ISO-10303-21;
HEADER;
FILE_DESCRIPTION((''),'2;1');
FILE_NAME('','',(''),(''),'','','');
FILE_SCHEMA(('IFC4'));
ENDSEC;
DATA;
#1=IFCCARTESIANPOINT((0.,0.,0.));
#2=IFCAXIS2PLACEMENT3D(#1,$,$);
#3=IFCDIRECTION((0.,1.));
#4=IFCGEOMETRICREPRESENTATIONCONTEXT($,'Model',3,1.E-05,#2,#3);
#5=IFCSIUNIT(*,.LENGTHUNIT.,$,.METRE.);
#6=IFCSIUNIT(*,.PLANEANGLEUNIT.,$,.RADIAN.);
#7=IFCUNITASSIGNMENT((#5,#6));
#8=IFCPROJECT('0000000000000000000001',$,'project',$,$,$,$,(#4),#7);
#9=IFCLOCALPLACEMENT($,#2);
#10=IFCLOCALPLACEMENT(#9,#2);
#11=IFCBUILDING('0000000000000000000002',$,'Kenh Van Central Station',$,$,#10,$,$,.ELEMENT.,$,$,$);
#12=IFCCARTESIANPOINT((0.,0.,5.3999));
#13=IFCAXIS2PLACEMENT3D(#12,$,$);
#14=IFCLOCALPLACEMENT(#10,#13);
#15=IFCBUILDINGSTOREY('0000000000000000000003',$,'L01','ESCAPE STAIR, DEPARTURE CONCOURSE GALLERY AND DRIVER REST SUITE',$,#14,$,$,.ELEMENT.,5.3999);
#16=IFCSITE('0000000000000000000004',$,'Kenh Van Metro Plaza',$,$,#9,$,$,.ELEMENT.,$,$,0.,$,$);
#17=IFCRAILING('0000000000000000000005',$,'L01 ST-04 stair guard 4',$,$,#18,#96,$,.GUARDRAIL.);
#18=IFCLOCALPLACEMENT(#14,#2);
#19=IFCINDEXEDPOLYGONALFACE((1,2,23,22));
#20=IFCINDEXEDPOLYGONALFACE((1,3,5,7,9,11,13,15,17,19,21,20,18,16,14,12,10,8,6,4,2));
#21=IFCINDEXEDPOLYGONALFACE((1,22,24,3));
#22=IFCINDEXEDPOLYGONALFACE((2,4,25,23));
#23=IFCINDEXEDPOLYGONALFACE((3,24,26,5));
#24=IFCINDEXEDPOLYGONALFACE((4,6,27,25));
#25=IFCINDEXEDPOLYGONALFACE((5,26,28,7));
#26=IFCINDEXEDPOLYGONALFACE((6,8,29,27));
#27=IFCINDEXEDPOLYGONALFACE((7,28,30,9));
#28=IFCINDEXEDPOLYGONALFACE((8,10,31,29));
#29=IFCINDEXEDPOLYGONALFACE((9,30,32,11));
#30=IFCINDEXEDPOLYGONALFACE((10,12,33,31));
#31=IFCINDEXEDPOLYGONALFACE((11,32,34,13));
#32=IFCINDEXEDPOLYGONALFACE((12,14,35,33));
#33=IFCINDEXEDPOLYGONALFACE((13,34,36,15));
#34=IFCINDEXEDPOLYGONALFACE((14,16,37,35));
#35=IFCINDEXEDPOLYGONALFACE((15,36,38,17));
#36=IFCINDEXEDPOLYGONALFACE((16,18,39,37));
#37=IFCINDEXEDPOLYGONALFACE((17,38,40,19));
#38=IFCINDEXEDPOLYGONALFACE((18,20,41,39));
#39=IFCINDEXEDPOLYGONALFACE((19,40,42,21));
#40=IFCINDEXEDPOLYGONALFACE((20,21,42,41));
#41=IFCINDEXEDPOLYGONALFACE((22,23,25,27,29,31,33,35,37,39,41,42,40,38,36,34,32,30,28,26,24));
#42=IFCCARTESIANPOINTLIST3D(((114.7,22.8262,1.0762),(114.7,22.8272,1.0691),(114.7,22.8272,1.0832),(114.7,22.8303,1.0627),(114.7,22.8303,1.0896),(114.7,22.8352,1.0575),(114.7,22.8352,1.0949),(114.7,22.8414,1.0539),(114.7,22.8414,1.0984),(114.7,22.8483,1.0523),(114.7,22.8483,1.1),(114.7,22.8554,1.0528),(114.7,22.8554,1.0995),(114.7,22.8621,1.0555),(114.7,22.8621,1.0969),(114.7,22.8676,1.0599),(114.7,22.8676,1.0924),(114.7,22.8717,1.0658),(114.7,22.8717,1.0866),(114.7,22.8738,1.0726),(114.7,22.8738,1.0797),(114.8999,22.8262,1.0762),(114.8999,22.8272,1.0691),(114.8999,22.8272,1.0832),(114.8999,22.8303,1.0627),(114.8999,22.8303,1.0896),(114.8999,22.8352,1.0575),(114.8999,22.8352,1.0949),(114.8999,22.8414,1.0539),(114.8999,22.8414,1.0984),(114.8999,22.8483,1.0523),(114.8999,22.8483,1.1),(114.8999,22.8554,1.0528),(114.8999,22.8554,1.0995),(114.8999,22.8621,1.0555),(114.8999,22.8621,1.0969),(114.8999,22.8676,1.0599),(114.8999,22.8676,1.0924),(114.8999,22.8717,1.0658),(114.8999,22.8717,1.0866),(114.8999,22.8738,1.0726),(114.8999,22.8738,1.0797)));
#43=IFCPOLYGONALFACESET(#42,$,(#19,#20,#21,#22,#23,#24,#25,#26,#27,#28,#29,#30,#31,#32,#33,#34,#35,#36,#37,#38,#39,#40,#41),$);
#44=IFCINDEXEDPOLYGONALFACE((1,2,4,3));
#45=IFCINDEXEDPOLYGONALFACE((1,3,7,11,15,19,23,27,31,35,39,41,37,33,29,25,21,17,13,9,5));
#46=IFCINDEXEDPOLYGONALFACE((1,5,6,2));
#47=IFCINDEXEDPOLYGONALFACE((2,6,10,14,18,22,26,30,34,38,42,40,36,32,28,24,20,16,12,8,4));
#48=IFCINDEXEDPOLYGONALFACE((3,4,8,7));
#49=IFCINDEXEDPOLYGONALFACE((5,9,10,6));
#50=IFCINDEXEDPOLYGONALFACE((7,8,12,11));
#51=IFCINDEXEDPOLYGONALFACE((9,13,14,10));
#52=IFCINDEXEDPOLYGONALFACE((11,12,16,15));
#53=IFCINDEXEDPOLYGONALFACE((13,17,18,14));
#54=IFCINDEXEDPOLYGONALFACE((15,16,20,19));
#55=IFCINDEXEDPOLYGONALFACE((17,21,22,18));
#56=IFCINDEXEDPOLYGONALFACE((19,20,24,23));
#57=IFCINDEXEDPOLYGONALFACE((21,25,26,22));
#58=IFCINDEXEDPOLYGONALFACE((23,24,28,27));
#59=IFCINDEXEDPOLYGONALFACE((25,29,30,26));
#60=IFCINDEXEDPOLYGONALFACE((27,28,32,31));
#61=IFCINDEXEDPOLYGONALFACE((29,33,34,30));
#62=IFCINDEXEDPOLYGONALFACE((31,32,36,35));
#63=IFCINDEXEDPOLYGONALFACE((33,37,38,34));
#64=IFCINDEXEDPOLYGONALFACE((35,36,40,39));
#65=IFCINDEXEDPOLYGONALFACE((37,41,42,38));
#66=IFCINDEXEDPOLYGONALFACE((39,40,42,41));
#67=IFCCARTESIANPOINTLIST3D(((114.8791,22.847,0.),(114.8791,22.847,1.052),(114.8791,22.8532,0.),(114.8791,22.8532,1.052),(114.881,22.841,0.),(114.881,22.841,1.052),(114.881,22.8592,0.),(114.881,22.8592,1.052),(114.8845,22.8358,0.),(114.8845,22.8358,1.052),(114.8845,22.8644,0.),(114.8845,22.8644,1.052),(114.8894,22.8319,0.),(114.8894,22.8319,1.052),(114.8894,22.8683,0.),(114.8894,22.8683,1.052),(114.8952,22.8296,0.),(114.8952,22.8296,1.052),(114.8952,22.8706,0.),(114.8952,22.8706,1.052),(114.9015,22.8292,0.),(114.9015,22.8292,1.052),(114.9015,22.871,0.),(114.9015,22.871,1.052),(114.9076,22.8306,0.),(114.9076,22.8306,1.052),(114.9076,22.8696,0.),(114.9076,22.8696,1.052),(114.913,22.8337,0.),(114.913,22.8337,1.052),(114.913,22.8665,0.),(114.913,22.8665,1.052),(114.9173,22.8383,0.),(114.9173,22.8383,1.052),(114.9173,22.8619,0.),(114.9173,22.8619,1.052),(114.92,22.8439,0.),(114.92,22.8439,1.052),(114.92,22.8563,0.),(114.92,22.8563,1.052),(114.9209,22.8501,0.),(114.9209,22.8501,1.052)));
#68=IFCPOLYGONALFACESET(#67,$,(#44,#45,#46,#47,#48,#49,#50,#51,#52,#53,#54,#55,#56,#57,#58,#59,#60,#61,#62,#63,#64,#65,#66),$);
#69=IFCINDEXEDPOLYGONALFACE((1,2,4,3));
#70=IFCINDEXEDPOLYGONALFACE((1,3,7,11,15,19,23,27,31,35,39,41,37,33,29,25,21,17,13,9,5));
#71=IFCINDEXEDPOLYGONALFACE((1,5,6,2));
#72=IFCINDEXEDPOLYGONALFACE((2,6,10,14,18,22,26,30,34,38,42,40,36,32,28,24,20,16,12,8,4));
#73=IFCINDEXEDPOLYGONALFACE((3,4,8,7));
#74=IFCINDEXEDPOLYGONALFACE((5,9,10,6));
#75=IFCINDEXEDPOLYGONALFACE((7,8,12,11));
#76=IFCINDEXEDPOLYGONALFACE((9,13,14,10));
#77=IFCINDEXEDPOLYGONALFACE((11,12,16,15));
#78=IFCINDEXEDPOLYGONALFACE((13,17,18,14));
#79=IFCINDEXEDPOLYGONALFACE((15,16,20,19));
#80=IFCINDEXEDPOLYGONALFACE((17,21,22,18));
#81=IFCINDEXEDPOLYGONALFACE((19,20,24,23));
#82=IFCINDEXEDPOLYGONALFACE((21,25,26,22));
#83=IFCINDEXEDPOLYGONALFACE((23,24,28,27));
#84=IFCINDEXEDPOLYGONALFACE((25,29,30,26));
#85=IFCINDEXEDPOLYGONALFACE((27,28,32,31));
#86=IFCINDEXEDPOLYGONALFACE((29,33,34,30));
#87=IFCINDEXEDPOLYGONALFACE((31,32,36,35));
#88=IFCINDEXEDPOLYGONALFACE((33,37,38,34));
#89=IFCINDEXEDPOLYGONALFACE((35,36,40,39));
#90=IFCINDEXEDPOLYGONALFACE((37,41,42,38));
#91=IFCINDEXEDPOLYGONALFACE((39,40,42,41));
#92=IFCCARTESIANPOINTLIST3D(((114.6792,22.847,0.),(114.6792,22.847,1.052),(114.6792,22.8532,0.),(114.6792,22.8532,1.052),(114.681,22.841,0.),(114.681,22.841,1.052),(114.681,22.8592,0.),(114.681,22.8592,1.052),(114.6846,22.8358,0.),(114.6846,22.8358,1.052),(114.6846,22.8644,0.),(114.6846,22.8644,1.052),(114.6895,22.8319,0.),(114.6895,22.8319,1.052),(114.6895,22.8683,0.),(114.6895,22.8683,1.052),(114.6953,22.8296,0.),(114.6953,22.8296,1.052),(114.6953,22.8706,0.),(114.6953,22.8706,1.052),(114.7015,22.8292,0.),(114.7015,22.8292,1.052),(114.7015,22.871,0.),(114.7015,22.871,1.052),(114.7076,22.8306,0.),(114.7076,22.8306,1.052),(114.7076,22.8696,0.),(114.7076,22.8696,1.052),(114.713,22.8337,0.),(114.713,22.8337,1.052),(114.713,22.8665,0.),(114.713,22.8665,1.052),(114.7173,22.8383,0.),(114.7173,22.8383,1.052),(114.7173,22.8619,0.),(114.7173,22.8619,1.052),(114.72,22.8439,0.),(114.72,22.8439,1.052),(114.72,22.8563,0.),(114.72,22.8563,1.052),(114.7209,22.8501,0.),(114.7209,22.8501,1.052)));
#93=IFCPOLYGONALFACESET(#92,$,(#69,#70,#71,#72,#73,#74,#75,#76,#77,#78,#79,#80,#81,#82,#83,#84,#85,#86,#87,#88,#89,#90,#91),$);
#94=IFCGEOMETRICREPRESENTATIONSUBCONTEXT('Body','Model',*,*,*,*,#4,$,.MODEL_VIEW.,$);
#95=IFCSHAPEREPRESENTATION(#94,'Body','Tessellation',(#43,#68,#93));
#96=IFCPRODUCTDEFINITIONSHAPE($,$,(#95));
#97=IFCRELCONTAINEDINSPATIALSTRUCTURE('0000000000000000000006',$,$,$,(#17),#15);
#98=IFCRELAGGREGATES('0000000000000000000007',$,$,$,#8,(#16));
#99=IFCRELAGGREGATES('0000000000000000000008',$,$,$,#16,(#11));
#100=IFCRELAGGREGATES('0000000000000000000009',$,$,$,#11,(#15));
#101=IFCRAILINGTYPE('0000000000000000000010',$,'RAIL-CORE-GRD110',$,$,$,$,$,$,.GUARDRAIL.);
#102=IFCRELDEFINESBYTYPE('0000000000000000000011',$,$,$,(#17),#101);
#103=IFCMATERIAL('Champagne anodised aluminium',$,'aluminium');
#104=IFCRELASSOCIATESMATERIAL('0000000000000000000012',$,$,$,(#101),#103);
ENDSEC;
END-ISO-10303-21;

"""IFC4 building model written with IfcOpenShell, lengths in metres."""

from ifc_helpers import new_model, si_unit, direction, frame, origin, origin_2d, place, context, subcontext, project, spatial, circle, extrude, material, type_object, element, save


model = new_model("IFC4")

# Units and contexts
model_context = context("Model", 3, precision=1e-05, world=origin(), true_north=direction((0.0, 1.0)))
body_context = subcontext(model_context, "Body", "Model", "MODEL_VIEW")
ifc_project = project(units=[si_unit("LENGTHUNIT", "METRE"), si_unit("PLANEANGLEUNIT", "RADIAN")], contexts=[model_context])

# Site, building, storey
site_placement = place(None, origin())
site = spatial("IfcSite", under=ifc_project, at=site_placement, Name="Kenh Van Metro Plaza", CompositionType="ELEMENT", RefElevation=0.0)
building_placement = place(site_placement, origin())
building = spatial("IfcBuilding", under=site, at=building_placement, Name="Kenh Van Central Station", CompositionType="ELEMENT")
storey_placement = place(building_placement, frame((0.0, 0.0, 5.3999)))
storey = spatial("IfcBuildingStorey", under=building, at=storey_placement, Name="L01", Description="ESCAPE STAIR, DEPARTURE CONCOURSE GALLERY AND DRIVER REST SUITE", CompositionType="ELEMENT", Elevation=5.3999)

# Shared definitions
ifc_material_1 = material(Name="Champagne anodised aluminium", Category="aluminium")

# Railing
railing_type_1 = type_object("IfcRailingType", Name="RAIL-CORE-GRD110", PredefinedType="GUARDRAIL", material=ifc_material_1)
railing_1_placement = place(storey_placement, frame((114.8999, 22.8501, 0.0)))
element("IfcRailing", 1, at=railing_1_placement, inside=storey, type_object=railing_type_1, Name="L01 ST-04 stair guard 4", PredefinedType="GUARDRAIL", context=body_context, shape_type="SweptSolid", body=[
    extrude(circle(Radius=0.0239, at=origin_2d()), frame((0.0, 0.0, 1.0762), z_axis=(-1.0, 0.0, 0.0), x_axis=(0.0, -1.0, 0.0)), (0.0, 0.0, 1.0), 0.2),
    extrude(circle(Radius=0.021, at=origin_2d()), origin(), (0.0, 0.0, 1.0), 1.052),
    extrude(circle(Radius=0.021, at=origin_2d()), frame((-0.2, 0.0, 0.0)), (0.0, 0.0, 1.0), 1.052),
])

save(model, "model.ifc")
